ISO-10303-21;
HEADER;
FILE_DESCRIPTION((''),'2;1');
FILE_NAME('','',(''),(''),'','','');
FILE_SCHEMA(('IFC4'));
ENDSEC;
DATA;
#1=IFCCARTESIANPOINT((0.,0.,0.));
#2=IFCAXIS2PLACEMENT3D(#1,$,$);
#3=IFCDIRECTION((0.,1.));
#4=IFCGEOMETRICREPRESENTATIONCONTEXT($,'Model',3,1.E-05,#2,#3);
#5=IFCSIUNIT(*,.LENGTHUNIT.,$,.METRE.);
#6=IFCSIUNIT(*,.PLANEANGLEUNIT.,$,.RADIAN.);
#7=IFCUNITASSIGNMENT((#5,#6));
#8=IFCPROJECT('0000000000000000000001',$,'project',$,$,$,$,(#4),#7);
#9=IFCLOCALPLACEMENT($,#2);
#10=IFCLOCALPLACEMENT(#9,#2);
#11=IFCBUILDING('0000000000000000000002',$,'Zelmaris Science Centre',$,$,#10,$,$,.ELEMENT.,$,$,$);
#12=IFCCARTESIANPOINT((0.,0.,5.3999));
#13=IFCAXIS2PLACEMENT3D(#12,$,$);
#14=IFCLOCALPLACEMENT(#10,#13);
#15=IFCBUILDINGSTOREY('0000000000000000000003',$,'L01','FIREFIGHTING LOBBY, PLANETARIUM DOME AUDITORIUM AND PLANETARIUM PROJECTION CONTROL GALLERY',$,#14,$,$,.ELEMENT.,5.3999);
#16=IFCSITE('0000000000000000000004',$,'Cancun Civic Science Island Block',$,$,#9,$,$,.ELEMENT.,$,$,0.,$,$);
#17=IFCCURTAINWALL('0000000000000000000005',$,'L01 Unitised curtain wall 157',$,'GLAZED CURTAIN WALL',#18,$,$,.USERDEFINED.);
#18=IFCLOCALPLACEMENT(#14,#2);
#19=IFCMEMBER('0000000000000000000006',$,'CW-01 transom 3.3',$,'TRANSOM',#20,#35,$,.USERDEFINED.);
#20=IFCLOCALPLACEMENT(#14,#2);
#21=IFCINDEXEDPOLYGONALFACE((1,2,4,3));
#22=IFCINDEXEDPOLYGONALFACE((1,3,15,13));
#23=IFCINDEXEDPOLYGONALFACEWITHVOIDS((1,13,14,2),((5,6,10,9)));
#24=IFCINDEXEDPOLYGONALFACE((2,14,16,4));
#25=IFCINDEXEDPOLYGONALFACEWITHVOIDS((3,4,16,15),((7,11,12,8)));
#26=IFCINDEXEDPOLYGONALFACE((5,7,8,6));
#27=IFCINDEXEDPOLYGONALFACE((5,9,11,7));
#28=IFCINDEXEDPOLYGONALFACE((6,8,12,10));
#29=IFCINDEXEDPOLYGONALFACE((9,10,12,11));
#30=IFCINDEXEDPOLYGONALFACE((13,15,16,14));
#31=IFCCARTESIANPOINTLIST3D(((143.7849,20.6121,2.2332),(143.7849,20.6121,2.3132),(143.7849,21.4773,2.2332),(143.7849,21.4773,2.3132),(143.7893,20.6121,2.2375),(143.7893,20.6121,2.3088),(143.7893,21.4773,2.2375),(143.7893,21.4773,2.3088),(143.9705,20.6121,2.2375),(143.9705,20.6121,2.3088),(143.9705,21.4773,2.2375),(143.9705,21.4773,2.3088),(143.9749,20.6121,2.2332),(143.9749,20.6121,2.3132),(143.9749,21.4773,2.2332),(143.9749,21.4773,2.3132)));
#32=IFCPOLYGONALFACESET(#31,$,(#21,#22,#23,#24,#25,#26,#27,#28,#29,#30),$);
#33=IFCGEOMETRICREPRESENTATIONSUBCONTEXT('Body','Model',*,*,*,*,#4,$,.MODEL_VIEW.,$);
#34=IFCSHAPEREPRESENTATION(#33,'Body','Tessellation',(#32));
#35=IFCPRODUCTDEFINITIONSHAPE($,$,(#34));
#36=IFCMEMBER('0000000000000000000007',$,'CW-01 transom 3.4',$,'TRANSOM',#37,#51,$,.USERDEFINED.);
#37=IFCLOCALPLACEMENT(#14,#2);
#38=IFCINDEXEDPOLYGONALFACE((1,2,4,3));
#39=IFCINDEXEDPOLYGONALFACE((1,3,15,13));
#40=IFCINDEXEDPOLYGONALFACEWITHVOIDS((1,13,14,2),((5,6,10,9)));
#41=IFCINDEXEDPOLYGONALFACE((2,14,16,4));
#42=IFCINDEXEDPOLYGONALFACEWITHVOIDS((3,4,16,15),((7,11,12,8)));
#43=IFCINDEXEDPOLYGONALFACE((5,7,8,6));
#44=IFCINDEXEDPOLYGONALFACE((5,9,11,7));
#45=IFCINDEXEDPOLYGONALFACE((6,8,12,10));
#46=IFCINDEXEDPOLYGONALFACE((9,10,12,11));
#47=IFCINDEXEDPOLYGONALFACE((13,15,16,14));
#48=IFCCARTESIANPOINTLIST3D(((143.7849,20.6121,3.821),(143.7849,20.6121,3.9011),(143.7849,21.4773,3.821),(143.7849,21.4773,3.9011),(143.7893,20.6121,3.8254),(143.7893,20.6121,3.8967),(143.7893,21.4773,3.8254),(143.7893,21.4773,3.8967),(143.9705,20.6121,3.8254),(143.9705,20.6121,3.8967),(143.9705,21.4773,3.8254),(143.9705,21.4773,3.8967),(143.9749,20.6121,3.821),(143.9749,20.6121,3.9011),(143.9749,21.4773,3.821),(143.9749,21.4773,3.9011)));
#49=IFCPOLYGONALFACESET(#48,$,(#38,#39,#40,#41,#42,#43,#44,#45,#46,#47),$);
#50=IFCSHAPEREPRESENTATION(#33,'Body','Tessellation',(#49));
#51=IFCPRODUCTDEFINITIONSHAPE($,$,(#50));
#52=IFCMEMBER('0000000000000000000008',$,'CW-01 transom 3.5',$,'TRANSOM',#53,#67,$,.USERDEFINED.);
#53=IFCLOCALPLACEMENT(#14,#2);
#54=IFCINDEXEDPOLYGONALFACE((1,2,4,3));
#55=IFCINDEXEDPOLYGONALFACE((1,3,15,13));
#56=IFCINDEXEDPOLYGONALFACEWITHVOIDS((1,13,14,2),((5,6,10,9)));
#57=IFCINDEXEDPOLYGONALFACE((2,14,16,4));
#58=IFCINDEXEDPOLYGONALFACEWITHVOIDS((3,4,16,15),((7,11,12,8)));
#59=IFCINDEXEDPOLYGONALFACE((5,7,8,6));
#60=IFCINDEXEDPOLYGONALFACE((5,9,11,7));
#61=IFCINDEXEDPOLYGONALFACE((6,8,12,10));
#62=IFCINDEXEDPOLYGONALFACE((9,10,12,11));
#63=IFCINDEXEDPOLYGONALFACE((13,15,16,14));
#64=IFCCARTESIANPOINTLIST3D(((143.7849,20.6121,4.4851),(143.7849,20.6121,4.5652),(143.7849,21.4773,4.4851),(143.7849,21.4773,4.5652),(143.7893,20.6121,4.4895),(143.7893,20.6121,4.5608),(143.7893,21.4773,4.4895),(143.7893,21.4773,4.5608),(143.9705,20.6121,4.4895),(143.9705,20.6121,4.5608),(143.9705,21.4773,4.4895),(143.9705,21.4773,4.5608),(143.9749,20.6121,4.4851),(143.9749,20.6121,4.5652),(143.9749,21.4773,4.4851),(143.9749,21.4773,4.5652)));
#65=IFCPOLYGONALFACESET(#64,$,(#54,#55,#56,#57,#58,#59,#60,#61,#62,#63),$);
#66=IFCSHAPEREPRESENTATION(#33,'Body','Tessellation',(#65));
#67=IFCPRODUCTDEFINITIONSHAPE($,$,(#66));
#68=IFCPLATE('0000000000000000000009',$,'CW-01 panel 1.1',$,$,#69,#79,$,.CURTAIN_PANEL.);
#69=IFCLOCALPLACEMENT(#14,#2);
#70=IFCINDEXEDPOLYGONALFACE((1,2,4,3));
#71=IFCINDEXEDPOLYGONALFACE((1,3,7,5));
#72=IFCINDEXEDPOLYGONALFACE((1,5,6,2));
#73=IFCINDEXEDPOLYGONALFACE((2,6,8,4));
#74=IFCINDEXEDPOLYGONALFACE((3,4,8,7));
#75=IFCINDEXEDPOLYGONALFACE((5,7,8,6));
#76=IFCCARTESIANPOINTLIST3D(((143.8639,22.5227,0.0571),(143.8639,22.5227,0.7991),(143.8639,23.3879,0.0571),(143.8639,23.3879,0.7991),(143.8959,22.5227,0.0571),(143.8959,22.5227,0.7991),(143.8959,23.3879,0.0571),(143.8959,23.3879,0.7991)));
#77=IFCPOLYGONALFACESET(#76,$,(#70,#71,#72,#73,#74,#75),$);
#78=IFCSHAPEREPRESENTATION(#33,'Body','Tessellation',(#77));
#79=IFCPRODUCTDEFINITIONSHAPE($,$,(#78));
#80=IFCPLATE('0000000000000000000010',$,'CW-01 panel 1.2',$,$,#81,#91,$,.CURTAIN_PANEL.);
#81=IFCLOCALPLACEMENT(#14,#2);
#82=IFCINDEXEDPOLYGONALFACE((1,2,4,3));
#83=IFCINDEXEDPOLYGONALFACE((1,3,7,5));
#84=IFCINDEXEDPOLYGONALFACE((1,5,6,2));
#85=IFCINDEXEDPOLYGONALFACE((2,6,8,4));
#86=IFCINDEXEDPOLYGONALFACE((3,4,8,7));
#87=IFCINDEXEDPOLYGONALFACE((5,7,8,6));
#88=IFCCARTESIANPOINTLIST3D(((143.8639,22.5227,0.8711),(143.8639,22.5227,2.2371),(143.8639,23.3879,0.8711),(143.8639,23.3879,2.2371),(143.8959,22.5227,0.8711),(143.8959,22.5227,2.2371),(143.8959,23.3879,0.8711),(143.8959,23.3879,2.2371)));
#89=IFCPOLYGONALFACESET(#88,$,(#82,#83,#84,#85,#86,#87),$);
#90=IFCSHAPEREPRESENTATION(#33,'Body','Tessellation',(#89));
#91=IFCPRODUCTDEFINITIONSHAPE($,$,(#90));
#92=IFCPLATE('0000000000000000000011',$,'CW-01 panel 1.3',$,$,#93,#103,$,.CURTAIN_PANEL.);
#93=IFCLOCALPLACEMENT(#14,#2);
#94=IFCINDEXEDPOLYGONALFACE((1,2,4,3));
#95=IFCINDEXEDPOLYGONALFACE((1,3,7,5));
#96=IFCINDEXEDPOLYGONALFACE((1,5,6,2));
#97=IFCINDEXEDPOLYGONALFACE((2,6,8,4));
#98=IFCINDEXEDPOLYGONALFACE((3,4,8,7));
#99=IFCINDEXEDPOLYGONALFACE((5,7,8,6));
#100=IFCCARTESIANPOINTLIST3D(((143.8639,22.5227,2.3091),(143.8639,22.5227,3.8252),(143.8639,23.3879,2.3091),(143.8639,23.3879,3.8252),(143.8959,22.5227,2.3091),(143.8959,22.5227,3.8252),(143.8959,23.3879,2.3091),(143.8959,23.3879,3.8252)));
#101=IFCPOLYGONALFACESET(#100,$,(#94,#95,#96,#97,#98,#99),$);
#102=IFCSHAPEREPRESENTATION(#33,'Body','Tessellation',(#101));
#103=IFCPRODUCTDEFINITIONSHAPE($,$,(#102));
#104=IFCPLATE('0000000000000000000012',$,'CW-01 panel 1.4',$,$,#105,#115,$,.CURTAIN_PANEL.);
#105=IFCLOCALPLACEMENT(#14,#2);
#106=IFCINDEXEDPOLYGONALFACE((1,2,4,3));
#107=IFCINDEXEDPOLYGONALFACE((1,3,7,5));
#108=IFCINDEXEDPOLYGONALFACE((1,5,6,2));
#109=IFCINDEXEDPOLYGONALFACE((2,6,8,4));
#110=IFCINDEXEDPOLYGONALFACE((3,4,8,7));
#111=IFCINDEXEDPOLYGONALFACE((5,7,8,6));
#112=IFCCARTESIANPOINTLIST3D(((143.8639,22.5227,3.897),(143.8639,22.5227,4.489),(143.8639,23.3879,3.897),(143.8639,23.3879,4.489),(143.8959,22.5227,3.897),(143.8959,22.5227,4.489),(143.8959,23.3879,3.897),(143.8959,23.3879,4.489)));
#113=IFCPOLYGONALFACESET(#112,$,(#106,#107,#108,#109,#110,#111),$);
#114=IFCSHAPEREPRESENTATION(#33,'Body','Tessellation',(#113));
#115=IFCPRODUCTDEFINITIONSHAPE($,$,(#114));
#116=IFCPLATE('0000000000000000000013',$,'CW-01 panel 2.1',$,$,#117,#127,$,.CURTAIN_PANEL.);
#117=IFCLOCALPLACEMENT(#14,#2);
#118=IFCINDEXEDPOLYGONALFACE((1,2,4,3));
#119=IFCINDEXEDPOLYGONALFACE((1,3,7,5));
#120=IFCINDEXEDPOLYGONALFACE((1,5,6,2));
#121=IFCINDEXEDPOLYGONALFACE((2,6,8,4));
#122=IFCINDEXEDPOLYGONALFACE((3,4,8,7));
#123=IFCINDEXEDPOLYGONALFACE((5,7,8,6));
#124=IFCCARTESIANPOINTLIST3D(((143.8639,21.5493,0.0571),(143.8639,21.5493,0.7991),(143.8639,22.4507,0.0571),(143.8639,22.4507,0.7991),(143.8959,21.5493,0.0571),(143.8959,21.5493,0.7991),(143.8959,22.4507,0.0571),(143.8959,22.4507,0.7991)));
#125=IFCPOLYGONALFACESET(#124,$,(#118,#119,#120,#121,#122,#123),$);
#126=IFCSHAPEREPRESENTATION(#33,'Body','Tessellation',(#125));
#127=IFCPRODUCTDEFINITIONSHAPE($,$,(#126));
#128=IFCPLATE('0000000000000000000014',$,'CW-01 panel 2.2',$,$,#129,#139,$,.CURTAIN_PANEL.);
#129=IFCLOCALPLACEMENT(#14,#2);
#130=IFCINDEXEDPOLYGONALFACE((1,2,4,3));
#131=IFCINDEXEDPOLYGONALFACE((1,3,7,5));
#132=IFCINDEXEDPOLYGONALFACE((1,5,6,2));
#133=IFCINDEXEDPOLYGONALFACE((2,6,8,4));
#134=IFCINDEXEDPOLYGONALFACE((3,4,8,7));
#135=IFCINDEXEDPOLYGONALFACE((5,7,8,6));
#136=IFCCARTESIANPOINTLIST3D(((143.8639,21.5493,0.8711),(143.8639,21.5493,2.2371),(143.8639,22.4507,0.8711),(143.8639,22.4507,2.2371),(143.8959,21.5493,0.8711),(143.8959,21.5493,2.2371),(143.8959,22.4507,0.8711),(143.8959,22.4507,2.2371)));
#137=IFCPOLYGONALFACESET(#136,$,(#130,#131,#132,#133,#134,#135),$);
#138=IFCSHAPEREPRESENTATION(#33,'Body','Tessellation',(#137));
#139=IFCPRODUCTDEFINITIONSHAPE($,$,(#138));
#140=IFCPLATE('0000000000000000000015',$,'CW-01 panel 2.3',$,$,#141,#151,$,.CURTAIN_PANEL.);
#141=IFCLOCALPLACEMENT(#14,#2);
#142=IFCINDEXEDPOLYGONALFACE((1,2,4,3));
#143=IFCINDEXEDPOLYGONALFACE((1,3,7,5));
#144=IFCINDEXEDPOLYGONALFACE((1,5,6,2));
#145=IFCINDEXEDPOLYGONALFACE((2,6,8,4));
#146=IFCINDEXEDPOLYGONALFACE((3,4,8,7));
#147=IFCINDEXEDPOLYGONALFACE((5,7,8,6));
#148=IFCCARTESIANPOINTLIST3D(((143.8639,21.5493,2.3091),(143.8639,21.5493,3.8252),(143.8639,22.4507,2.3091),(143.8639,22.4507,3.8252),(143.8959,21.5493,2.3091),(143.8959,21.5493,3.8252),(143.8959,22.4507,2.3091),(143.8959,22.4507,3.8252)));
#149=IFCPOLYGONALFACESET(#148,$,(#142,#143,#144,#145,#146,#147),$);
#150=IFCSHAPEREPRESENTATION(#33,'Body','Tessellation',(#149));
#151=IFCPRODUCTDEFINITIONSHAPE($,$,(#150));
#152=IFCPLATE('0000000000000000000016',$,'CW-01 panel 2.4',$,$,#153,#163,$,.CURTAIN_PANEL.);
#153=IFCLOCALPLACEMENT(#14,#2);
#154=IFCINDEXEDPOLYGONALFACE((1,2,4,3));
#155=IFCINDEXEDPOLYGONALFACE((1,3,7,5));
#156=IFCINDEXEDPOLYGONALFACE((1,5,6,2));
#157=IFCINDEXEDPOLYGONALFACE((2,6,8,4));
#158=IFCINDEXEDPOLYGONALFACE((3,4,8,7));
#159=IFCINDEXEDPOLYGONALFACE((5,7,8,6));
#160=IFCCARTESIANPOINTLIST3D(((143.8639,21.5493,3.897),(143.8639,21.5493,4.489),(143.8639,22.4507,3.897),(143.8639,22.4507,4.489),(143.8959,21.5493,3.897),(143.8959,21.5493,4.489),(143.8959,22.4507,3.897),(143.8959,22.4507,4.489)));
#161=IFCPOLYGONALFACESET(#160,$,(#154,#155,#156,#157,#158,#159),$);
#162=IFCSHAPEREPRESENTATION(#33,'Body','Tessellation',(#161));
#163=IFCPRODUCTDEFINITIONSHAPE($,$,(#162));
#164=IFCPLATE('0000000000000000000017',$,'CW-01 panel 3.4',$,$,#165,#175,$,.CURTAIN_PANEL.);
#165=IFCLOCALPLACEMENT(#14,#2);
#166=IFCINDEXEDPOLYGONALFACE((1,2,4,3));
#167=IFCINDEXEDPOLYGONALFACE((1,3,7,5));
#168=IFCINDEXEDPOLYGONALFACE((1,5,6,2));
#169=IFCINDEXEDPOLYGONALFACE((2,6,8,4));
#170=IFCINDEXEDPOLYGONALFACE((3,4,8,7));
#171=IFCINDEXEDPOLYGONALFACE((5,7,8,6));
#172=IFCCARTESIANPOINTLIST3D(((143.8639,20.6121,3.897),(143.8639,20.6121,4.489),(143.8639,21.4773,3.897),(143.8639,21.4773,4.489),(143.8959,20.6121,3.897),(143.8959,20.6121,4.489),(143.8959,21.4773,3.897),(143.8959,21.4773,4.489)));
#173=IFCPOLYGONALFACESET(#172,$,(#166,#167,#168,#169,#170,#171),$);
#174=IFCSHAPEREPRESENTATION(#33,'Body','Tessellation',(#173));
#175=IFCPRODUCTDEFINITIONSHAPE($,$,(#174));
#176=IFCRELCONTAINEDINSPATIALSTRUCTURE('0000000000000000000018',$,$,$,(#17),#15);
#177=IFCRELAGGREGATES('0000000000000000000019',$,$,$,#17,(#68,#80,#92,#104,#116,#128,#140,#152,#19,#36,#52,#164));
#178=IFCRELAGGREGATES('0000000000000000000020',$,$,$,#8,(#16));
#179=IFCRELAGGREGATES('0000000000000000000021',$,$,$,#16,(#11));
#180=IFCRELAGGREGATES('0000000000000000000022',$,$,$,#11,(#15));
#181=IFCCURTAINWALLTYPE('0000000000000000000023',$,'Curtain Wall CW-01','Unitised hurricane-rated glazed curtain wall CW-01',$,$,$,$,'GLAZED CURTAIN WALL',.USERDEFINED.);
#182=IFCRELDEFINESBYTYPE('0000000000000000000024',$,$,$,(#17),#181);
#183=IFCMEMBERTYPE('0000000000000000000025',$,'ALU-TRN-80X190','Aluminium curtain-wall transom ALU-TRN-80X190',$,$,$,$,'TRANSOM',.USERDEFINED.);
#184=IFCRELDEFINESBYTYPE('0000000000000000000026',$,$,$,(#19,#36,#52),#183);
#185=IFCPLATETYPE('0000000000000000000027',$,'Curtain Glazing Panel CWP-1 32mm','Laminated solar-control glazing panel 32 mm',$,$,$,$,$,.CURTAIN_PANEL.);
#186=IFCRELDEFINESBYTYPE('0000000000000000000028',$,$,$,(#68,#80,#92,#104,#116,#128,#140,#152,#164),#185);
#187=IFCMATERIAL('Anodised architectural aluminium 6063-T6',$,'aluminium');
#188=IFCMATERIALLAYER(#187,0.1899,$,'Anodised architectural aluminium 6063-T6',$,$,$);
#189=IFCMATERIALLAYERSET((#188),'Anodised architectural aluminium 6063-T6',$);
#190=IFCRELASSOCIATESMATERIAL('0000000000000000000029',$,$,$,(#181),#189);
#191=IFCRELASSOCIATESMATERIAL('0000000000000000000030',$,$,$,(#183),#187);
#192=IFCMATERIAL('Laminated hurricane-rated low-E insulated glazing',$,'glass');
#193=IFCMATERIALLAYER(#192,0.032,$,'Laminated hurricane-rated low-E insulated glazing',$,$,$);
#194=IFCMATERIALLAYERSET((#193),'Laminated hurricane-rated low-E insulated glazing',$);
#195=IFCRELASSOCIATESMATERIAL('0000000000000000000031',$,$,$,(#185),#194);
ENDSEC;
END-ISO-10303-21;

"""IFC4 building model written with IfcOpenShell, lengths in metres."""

from ifc_helpers import new_model, si_unit, direction, frame, origin, origin_2d, place, context, subcontext, project, spatial, rectangle, hollow_rectangle, extrude, material, layer, layer_set, material_profile, profile_set, type_object, element, aggregate, save


model = new_model("IFC4")

# Units and contexts
model_context = context("Model", 3, precision=1e-05, world=origin(), true_north=direction((0.0, 1.0)))
body_context = subcontext(model_context, "Body", "Model", "MODEL_VIEW")
ifc_project = project(units=[si_unit("LENGTHUNIT", "METRE"), si_unit("PLANEANGLEUNIT", "RADIAN")], contexts=[model_context])

# Site, building, storey
site_placement = place(None, origin())
site = spatial("IfcSite", under=ifc_project, at=site_placement, Name="Cancun Civic Science Island Block", CompositionType="ELEMENT", RefElevation=0.0)
building_placement = place(site_placement, origin())
building = spatial("IfcBuilding", under=site, at=building_placement, Name="Zelmaris Science Centre", CompositionType="ELEMENT")
storey_placement = place(building_placement, frame((0.0, 0.0, 5.3999)))
storey = spatial("IfcBuildingStorey", under=building, at=storey_placement, Name="L01", Description="FIREFIGHTING LOBBY, PLANETARIUM DOME AUDITORIUM AND PLANETARIUM PROJECTION CONTROL GALLERY", CompositionType="ELEMENT", Elevation=5.3999)

# Curtain wall, members, plates
ifc_material_1 = material(Name="Anodised architectural aluminium 6063-T6", Category="aluminium")
ifc_layer_1 = layer(ifc_material_1, 0.1899, Name="Anodised architectural aluminium 6063-T6")
ifc_layer_set_1 = layer_set([ifc_layer_1], Name="Anodised architectural aluminium 6063-T6")
curtain_wall_type = type_object("IfcCurtainWallType", Name="Curtain Wall CW-01", Description="Unitised hurricane-rated glazed curtain wall CW-01", ElementType="GLAZED CURTAIN WALL", PredefinedType="USERDEFINED", material=ifc_layer_set_1)
curtain_wall_placement = place(storey_placement, origin())
curtain_wall = element("IfcCurtainWall", 1, at=curtain_wall_placement, inside=storey, type_object=curtain_wall_type, Name="L01 Unitised curtain wall 157", ObjectType="GLAZED CURTAIN WALL", PredefinedType="USERDEFINED")
ifc_material_profile_1 = material_profile(ifc_material_1, hollow_rectangle(XDim=0.0801, YDim=0.1899, WallThickness=0.0044, at=origin_2d()), Name="ALU-TRN-80X190")
ifc_profile_set_1 = profile_set([ifc_material_profile_1], Name="Anodised architectural aluminium 6063-T6")
member_type_1 = type_object("IfcMemberType", Name="ALU-TRN-80X190", Description="Aluminium curtain-wall transom ALU-TRN-80X190", ElementType="TRANSOM", PredefinedType="USERDEFINED", material=ifc_profile_set_1)
member_1_placement = place(storey_placement, frame((143.8799, 21.4773, 2.2732), z_axis=(0.0, -1.0, 0.0), x_axis=(0.0, 0.0, 1.0)))
member_1 = element("IfcMember", 2, at=member_1_placement, type_object=member_type_1, Name="CW-01 transom 3.3", ObjectType="TRANSOM", PredefinedType="USERDEFINED", context=body_context, shape_type="SweptSolid", body=[
    extrude(hollow_rectangle(XDim=0.0801, YDim=0.1899, WallThickness=0.0044, at=origin_2d()), origin(), (0.0, 0.0, 1.0), 0.8652),
])
member_2_placement = place(storey_placement, frame((143.8799, 21.4773, 3.8611), z_axis=(0.0, -1.0, 0.0), x_axis=(0.0, 0.0, 1.0)))
member_2 = element("IfcMember", 3, at=member_2_placement, type_object=member_type_1, Name="CW-01 transom 3.4", ObjectType="TRANSOM", PredefinedType="USERDEFINED", context=body_context, shape_type="SweptSolid", body=[
    extrude(hollow_rectangle(XDim=0.0801, YDim=0.1899, WallThickness=0.0044, at=origin_2d()), origin(), (0.0, 0.0, 1.0), 0.8652),
])
member_3_placement = place(storey_placement, frame((143.8799, 21.4773, 4.5251), z_axis=(0.0, -1.0, 0.0), x_axis=(0.0, 0.0, 1.0)))
member_3 = element("IfcMember", 4, at=member_3_placement, type_object=member_type_1, Name="CW-01 transom 3.5", ObjectType="TRANSOM", PredefinedType="USERDEFINED", context=body_context, shape_type="SweptSolid", body=[
    extrude(hollow_rectangle(XDim=0.0801, YDim=0.1899, WallThickness=0.0044, at=origin_2d()), origin(), (0.0, 0.0, 1.0), 0.8652),
])
ifc_material_2 = material(Name="Laminated hurricane-rated low-E insulated glazing", Category="glass")
ifc_layer_2 = layer(ifc_material_2, 0.032, Name="Laminated hurricane-rated low-E insulated glazing")
ifc_layer_set_2 = layer_set([ifc_layer_2], Name="Laminated hurricane-rated low-E insulated glazing")
plate_type = type_object("IfcPlateType", Name="Curtain Glazing Panel CWP-1 32mm", Description="Laminated solar-control glazing panel 32 mm", PredefinedType="CURTAIN_PANEL", material=ifc_layer_set_2)
plate_1_placement = place(storey_placement, frame((143.8799, 22.9553, 0.0571), z_axis=(0.0, 0.0, 1.0), x_axis=(0.0, -1.0, 0.0)))
plate_1 = element("IfcPlate", 5, at=plate_1_placement, type_object=plate_type, Name="CW-01 panel 1.1", PredefinedType="CURTAIN_PANEL", context=body_context, shape_type="SweptSolid", body=[
    extrude(rectangle(XDim=0.8652, YDim=0.032, at=origin_2d()), origin(), (0.0, 0.0, 1.0), 0.7419),
])
plate_2_placement = place(storey_placement, frame((143.8799, 22.9553, 0.8711), z_axis=(0.0, 0.0, 1.0), x_axis=(0.0, -1.0, 0.0)))
plate_2 = element("IfcPlate", 6, at=plate_2_placement, type_object=plate_type, Name="CW-01 panel 1.2", PredefinedType="CURTAIN_PANEL", context=body_context, shape_type="SweptSolid", body=[
    extrude(rectangle(XDim=0.8652, YDim=0.032, at=origin_2d()), origin(), (0.0, 0.0, 1.0), 1.366),
])
plate_3_placement = place(storey_placement, frame((143.8799, 22.9553, 2.3091), z_axis=(0.0, 0.0, 1.0), x_axis=(0.0, -1.0, 0.0)))
plate_3 = element("IfcPlate", 7, at=plate_3_placement, type_object=plate_type, Name="CW-01 panel 1.3", PredefinedType="CURTAIN_PANEL", context=body_context, shape_type="SweptSolid", body=[
    extrude(rectangle(XDim=0.8652, YDim=0.032, at=origin_2d()), origin(), (0.0, 0.0, 1.0), 1.5161),
])
plate_4_placement = place(storey_placement, frame((143.8799, 22.9553, 3.897), z_axis=(0.0, 0.0, 1.0), x_axis=(0.0, -1.0, 0.0)))
plate_4 = element("IfcPlate", 8, at=plate_4_placement, type_object=plate_type, Name="CW-01 panel 1.4", PredefinedType="CURTAIN_PANEL", context=body_context, shape_type="SweptSolid", body=[
    extrude(rectangle(XDim=0.8652, YDim=0.032, at=origin_2d()), origin(), (0.0, 0.0, 1.0), 0.592),
])
plate_5_placement = place(storey_placement, frame((143.8799, 22.0, 0.0571), z_axis=(0.0, 0.0, 1.0), x_axis=(0.0, -1.0, 0.0)))
plate_5 = element("IfcPlate", 9, at=plate_5_placement, type_object=plate_type, Name="CW-01 panel 2.1", PredefinedType="CURTAIN_PANEL", context=body_context, shape_type="SweptSolid", body=[
    extrude(rectangle(XDim=0.9014, YDim=0.032, at=origin_2d()), origin(), (0.0, 0.0, 1.0), 0.7419),
])
plate_6_placement = place(storey_placement, frame((143.8799, 22.0, 0.8711), z_axis=(0.0, 0.0, 1.0), x_axis=(0.0, -1.0, 0.0)))
plate_6 = element("IfcPlate", 10, at=plate_6_placement, type_object=plate_type, Name="CW-01 panel 2.2", PredefinedType="CURTAIN_PANEL", context=body_context, shape_type="SweptSolid", body=[
    extrude(rectangle(XDim=0.9014, YDim=0.032, at=origin_2d()), origin(), (0.0, 0.0, 1.0), 1.366),
])
plate_7_placement = place(storey_placement, frame((143.8799, 22.0, 2.3091), z_axis=(0.0, 0.0, 1.0), x_axis=(0.0, -1.0, 0.0)))
plate_7 = element("IfcPlate", 11, at=plate_7_placement, type_object=plate_type, Name="CW-01 panel 2.3", PredefinedType="CURTAIN_PANEL", context=body_context, shape_type="SweptSolid", body=[
    extrude(rectangle(XDim=0.9014, YDim=0.032, at=origin_2d()), origin(), (0.0, 0.0, 1.0), 1.5161),
])
plate_8_placement = place(storey_placement, frame((143.8799, 22.0, 3.897), z_axis=(0.0, 0.0, 1.0), x_axis=(0.0, -1.0, 0.0)))
plate_8 = element("IfcPlate", 12, at=plate_8_placement, type_object=plate_type, Name="CW-01 panel 2.4", PredefinedType="CURTAIN_PANEL", context=body_context, shape_type="SweptSolid", body=[
    extrude(rectangle(XDim=0.9014, YDim=0.032, at=origin_2d()), origin(), (0.0, 0.0, 1.0), 0.592),
])
plate_9_placement = place(storey_placement, frame((143.8799, 21.0447, 3.897), z_axis=(0.0, 0.0, 1.0), x_axis=(0.0, -1.0, 0.0)))
plate_9 = element("IfcPlate", 13, at=plate_9_placement, type_object=plate_type, Name="CW-01 panel 3.4", PredefinedType="CURTAIN_PANEL", context=body_context, shape_type="SweptSolid", body=[
    extrude(rectangle(XDim=0.8652, YDim=0.032, at=origin_2d()), origin(), (0.0, 0.0, 1.0), 0.592),
])
aggregate(curtain_wall, [plate_1, plate_2, plate_3, plate_4, plate_5, plate_6, plate_7, plate_8, member_1, member_2, member_3, plate_9])

save(model, "model.ifc")
